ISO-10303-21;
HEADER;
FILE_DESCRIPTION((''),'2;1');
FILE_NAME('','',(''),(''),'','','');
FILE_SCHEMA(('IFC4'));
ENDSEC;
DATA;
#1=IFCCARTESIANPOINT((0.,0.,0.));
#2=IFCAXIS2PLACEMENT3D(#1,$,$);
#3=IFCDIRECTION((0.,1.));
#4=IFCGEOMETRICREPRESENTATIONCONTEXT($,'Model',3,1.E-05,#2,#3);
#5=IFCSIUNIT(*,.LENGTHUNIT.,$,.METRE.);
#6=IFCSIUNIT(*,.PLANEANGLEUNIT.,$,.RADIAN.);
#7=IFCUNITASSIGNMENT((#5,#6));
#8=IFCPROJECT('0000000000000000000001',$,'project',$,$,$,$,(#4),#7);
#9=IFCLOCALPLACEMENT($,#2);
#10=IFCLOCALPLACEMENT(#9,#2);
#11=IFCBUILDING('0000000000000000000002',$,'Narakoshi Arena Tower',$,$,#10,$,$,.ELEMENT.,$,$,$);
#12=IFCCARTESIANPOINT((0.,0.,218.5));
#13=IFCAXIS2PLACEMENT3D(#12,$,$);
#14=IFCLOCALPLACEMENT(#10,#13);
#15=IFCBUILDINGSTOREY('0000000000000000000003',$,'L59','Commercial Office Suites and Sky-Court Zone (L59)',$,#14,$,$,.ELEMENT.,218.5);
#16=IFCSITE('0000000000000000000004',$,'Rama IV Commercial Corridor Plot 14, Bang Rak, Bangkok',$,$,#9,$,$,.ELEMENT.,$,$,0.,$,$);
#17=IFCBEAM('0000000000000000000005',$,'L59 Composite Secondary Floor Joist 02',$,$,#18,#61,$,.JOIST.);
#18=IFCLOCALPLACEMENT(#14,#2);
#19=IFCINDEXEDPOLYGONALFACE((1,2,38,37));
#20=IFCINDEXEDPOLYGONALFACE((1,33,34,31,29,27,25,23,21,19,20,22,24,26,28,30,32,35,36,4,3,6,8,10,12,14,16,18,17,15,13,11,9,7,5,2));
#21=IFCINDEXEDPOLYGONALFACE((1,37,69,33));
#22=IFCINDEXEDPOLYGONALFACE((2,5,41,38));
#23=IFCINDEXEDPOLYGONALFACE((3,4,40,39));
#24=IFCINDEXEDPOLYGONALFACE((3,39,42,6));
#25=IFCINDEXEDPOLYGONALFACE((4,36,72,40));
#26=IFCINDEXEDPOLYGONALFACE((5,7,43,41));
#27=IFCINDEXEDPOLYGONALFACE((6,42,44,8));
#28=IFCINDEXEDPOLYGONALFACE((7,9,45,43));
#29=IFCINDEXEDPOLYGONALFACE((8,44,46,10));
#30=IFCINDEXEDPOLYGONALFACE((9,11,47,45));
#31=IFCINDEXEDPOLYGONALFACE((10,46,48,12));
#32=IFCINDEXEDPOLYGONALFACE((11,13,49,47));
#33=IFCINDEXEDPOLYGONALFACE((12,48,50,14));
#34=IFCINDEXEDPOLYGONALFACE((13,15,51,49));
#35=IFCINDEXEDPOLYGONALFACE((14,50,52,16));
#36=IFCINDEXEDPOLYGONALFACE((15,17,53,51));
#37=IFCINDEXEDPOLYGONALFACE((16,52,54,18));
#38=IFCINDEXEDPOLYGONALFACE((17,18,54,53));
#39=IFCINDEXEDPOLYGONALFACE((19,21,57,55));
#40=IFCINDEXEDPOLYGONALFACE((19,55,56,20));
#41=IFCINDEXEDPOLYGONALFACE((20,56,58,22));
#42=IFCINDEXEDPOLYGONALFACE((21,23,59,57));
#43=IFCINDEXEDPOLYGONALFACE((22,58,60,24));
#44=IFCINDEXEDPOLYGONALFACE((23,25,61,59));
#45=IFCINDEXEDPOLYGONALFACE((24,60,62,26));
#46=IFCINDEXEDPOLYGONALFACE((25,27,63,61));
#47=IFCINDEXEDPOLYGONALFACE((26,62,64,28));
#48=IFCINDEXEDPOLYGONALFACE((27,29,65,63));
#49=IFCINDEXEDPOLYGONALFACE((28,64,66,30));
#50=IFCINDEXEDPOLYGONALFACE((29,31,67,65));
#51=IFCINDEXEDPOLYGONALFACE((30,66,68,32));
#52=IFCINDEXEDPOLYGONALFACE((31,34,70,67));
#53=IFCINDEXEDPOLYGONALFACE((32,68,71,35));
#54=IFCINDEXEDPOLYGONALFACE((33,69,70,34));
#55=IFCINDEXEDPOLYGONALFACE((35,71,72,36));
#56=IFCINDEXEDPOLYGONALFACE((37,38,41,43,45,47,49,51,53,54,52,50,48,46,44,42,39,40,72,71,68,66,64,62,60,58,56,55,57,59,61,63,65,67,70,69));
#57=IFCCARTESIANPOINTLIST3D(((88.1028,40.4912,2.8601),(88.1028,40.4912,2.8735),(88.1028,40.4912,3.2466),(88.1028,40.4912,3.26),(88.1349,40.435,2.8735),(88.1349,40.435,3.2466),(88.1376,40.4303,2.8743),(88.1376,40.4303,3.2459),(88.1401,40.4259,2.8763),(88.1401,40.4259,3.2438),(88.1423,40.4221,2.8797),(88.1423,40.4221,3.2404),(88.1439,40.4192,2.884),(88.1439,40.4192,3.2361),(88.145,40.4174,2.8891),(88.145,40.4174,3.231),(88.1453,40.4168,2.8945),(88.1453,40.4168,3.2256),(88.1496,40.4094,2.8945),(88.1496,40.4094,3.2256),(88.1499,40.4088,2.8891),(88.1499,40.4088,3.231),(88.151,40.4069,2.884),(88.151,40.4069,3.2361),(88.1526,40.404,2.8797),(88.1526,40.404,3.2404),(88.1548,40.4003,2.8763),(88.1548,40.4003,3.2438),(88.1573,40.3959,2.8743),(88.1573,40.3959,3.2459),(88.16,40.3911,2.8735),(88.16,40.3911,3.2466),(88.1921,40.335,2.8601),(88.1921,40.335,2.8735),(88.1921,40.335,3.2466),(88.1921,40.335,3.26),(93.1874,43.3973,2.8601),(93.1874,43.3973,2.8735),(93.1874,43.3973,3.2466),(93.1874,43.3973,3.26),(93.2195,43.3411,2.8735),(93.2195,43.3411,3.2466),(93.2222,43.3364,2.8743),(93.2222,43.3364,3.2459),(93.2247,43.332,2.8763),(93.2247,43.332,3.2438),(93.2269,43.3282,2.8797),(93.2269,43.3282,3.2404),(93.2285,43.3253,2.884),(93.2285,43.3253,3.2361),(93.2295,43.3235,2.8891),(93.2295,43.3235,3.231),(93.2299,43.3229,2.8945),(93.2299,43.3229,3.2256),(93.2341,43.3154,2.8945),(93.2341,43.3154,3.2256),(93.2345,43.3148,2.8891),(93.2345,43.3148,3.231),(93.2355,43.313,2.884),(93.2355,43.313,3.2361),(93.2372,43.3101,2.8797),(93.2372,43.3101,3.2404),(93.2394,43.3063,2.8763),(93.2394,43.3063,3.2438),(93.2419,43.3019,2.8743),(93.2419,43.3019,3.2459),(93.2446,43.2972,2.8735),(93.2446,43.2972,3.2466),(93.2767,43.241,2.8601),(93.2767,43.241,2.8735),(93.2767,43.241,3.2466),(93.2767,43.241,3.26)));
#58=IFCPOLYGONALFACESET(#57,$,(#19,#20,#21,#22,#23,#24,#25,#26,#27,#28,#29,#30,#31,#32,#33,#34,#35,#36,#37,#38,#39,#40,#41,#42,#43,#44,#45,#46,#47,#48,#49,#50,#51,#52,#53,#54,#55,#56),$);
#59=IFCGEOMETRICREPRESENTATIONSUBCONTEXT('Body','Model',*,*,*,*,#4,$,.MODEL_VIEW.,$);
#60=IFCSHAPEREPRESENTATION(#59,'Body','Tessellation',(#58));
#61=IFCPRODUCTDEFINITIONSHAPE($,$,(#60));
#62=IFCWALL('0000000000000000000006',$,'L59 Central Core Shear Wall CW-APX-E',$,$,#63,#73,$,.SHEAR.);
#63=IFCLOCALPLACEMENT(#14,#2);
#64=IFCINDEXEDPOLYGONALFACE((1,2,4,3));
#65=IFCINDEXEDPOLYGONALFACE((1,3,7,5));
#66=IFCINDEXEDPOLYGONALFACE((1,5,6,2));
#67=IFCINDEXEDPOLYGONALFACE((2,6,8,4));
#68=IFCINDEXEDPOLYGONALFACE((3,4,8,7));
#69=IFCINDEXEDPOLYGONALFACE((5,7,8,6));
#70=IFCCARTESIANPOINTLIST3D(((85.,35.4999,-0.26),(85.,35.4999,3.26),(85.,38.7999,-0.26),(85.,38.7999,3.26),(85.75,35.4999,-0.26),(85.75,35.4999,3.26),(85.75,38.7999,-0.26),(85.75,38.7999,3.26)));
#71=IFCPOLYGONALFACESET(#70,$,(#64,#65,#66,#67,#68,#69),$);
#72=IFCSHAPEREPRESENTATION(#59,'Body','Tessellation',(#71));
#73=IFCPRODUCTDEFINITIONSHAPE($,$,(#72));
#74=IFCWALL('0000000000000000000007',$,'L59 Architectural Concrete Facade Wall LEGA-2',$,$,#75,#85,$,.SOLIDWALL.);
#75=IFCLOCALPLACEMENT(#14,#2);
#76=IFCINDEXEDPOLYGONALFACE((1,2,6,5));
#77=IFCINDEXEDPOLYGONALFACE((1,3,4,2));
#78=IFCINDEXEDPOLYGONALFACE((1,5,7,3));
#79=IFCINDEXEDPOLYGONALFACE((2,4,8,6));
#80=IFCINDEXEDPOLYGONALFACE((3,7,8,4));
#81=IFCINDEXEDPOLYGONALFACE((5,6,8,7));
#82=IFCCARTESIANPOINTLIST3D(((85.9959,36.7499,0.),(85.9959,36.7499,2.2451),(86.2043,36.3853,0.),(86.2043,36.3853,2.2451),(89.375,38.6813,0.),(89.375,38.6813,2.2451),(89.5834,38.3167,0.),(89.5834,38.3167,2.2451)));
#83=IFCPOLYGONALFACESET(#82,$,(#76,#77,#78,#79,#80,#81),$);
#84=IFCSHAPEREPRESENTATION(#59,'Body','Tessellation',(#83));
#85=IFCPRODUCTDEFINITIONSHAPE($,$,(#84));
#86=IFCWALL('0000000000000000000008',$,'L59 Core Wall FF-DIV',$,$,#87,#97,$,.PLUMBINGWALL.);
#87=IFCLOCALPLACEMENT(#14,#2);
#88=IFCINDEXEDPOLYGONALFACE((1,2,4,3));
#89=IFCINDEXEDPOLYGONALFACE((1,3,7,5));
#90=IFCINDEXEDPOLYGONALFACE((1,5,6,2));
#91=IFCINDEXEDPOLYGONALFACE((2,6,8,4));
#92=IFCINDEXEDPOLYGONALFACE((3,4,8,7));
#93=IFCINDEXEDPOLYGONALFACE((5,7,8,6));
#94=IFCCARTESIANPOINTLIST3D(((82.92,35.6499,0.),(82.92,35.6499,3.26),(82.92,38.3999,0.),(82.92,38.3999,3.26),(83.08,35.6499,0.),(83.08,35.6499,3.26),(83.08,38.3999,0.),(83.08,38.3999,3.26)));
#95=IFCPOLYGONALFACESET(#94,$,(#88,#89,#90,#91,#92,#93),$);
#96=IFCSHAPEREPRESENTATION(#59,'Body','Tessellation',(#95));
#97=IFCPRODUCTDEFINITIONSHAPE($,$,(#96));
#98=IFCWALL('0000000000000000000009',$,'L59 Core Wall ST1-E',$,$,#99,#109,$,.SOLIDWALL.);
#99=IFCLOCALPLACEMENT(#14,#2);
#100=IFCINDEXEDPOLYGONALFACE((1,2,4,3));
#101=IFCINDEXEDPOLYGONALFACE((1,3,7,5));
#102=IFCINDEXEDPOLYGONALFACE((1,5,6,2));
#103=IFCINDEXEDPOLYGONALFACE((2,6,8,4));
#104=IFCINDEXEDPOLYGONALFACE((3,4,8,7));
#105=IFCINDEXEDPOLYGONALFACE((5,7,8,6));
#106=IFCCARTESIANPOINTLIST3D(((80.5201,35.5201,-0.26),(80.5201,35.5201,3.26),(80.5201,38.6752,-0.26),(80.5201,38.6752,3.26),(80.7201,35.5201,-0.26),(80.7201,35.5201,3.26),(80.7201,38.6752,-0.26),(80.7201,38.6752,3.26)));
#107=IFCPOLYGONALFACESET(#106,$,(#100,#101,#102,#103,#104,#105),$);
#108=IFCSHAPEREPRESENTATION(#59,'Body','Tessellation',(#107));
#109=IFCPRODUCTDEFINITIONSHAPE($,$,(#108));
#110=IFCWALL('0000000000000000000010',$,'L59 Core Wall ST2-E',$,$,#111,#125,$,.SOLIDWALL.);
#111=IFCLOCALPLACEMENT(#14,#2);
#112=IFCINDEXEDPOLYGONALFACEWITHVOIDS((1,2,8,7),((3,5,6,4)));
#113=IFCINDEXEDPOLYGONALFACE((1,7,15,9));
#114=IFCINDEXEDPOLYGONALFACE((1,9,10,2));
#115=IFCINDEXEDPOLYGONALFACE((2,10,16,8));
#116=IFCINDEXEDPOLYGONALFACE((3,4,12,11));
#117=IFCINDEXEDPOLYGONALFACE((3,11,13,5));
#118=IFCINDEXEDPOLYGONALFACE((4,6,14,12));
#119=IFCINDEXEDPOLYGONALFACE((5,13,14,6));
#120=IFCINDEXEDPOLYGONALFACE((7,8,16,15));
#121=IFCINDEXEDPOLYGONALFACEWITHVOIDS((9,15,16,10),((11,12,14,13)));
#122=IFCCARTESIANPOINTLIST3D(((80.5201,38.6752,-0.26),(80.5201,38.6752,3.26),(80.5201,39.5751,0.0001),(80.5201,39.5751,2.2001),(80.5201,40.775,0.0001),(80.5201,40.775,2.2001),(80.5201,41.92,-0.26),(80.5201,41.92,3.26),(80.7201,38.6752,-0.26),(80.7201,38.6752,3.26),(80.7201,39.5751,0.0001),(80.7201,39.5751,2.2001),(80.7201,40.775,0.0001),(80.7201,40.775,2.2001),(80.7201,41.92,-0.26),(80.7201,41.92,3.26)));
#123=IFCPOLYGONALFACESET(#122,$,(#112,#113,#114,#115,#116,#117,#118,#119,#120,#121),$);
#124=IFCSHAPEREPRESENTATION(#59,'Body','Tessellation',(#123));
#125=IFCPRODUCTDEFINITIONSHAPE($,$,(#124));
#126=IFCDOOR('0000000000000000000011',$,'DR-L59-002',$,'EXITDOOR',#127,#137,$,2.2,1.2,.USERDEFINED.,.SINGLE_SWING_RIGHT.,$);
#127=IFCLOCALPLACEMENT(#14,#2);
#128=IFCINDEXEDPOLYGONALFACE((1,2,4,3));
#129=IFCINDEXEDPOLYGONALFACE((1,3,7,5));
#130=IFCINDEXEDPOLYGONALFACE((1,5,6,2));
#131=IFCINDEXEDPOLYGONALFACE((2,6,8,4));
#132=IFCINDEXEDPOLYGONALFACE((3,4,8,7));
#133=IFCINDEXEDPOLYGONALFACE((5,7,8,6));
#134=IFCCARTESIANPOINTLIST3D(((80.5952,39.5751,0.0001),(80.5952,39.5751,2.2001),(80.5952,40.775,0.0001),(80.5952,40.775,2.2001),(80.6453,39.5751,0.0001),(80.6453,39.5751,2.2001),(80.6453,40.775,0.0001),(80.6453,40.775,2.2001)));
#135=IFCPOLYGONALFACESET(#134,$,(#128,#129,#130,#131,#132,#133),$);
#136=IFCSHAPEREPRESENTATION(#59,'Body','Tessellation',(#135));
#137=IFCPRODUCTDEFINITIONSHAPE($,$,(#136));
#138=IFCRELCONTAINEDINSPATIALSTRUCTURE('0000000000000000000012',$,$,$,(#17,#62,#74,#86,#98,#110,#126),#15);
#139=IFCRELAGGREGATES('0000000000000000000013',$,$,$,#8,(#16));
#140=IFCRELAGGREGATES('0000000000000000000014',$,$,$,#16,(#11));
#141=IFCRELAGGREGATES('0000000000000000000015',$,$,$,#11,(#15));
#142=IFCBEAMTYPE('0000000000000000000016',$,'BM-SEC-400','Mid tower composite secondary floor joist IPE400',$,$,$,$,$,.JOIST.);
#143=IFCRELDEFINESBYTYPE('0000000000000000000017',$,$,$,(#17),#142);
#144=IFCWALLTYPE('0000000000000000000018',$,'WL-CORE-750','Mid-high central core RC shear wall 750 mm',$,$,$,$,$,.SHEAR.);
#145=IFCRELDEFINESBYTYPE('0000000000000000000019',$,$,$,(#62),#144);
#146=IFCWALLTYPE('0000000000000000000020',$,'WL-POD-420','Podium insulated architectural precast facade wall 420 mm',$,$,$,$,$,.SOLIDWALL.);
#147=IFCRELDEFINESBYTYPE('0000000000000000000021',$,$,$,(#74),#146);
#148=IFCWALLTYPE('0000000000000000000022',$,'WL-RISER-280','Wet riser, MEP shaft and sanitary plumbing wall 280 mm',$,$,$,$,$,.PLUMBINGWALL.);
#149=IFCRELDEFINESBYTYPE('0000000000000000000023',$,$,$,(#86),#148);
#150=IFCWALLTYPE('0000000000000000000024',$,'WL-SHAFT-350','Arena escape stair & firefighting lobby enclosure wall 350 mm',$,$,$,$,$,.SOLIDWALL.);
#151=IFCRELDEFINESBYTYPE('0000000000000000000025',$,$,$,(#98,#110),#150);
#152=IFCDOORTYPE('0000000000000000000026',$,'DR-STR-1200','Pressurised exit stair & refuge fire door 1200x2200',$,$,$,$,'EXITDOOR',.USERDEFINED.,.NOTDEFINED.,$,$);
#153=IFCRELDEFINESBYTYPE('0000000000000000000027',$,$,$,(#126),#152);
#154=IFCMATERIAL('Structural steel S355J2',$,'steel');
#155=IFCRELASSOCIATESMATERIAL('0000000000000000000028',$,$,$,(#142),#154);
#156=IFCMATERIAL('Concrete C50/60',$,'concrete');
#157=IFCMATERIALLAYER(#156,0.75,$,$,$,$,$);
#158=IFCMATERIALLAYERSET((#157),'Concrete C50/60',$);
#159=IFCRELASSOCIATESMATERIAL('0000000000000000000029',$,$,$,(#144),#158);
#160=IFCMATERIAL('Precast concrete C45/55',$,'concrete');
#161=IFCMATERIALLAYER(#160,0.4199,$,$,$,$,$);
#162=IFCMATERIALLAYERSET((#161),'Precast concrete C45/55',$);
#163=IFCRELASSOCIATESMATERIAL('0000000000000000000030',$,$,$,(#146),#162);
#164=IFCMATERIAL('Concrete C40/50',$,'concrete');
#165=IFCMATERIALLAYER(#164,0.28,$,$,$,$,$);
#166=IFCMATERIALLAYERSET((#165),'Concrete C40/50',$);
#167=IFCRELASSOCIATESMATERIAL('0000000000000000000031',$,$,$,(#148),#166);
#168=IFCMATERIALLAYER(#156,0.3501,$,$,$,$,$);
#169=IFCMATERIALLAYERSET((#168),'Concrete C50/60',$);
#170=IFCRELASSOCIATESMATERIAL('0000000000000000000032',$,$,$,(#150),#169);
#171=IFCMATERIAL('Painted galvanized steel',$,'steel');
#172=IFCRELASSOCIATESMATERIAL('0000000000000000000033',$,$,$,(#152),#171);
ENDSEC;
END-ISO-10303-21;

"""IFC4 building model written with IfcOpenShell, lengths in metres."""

from ifc_helpers import new_model, si_unit, direction, frame, frame_2d, origin, origin_2d, place, context, subcontext, project, spatial, rectangle, i_section, extrude, material, layer, layer_set, material_profile, profile_set, type_object, element, fill, save


model = new_model("IFC4")

# Units and contexts
model_context = context("Model", 3, precision=1e-05, world=origin(), true_north=direction((0.0, 1.0)))
body_context = subcontext(model_context, "Body", "Model", "MODEL_VIEW")
ifc_project = project(units=[si_unit("LENGTHUNIT", "METRE"), si_unit("PLANEANGLEUNIT", "RADIAN")], contexts=[model_context])

# Site, building, storey
site_placement = place(None, origin())
site = spatial("IfcSite", under=ifc_project, at=site_placement, Name="Rama IV Commercial Corridor Plot 14, Bang Rak, Bangkok", CompositionType="ELEMENT", RefElevation=0.0)
building_placement = place(site_placement, origin())
building = spatial("IfcBuilding", under=site, at=building_placement, Name="Narakoshi Arena Tower", CompositionType="ELEMENT")
storey_placement = place(building_placement, frame((0.0, 0.0, 218.5)))
storey = spatial("IfcBuildingStorey", under=building, at=storey_placement, Name="L59", Description="Commercial Office Suites and Sky-Court Zone (L59)", CompositionType="ELEMENT", Elevation=218.5)

# Beam
ifc_material_1 = material(Name="Structural steel S355J2", Category="steel")
ifc_material_profile = material_profile(ifc_material_1, i_section(OverallWidth=0.1799, OverallDepth=0.3999, WebThickness=0.0085, FlangeThickness=0.0134, FilletRadius=0.021, at=origin_2d()), Name="IPE400")
ifc_profile_set = profile_set([ifc_material_profile], Name="Structural steel S355J2")
beam_type = type_object("IfcBeamType", Name="BM-SEC-400", Description="Mid tower composite secondary floor joist IPE400", PredefinedType="JOIST", material=ifc_profile_set)
beam_placement = place(storey_placement, frame((88.1475, 40.4131, 3.0601), z_axis=(0.8682, 0.496215, 0.0), x_axis=(-0.496215, 0.8682, 0.0)))
element("IfcBeam", 1, at=beam_placement, inside=storey, type_object=beam_type, Name="L59 Composite Secondary Floor Joist 02", PredefinedType="JOIST", context=body_context, shape_type="SweptSolid", body=[
    extrude(i_section(OverallWidth=0.1799, OverallDepth=0.3999, WebThickness=0.0085, FlangeThickness=0.0134, FilletRadius=0.021, at=origin_2d()), origin(), (0.0, 0.0, 1.0), 5.8564),
])

# Walls
ifc_material_2 = material(Name="Concrete C50/60", Category="concrete")
ifc_layer_1 = layer(ifc_material_2, 0.75)
ifc_layer_set_1 = layer_set([ifc_layer_1], Name="Concrete C50/60")
wall_type_1 = type_object("IfcWallType", Name="WL-CORE-750", Description="Mid-high central core RC shear wall 750 mm", PredefinedType="SHEAR", material=ifc_layer_set_1)
wall_1_placement = place(storey_placement, frame((85.375, 35.5, -0.26), z_axis=(0.0, 0.0, 1.0), x_axis=(0.0, 1.0, 0.0)))
element("IfcWall", 2, at=wall_1_placement, inside=storey, type_object=wall_type_1, Name="L59 Central Core Shear Wall CW-APX-E", PredefinedType="SHEAR", context=body_context, shape_type="SweptSolid", body=[
    extrude(rectangle(XDim=3.3, YDim=0.75, at=frame_2d((1.6499, 0.0))), origin(), (0.0, 0.0, 1.0), 3.52),
])
ifc_material_3 = material(Name="Precast concrete C45/55", Category="concrete")
ifc_layer_2 = layer(ifc_material_3, 0.4199)
ifc_layer_set_2 = layer_set([ifc_layer_2], Name="Precast concrete C45/55")
wall_type_2 = type_object("IfcWallType", Name="WL-POD-420", Description="Podium insulated architectural precast facade wall 420 mm", PredefinedType="SOLIDWALL", material=ifc_layer_set_2)
wall_2_placement = place(storey_placement, frame((86.1001, 36.5676, 0.0), z_axis=(0.0, 0.0, 1.0), x_axis=(0.868193, 0.496227, 0.0)))
element("IfcWall", 3, at=wall_2_placement, inside=storey, type_object=wall_type_2, Name="L59 Architectural Concrete Facade Wall LEGA-2", PredefinedType="SOLIDWALL", context=body_context, shape_type="SweptSolid", body=[
    extrude(rectangle(XDim=3.8921, YDim=0.4199, at=frame_2d((1.946, 0.0))), origin(), (0.0, 0.0, 1.0), 2.2451),
])
ifc_material_4 = material(Name="Concrete C40/50", Category="concrete")
ifc_layer_3 = layer(ifc_material_4, 0.28)
ifc_layer_set_3 = layer_set([ifc_layer_3], Name="Concrete C40/50")
wall_type_3 = type_object("IfcWallType", Name="WL-RISER-280", Description="Wet riser, MEP shaft and sanitary plumbing wall 280 mm", PredefinedType="PLUMBINGWALL", material=ifc_layer_set_3)
wall_3_placement = place(storey_placement, frame((83.0, 35.6499, 0.0), z_axis=(0.0, 0.0, 1.0), x_axis=(0.0, 1.0, 0.0)))
element("IfcWall", 4, at=wall_3_placement, inside=storey, type_object=wall_type_3, Name="L59 Core Wall FF-DIV", PredefinedType="PLUMBINGWALL", context=body_context, shape_type="SweptSolid", body=[
    extrude(rectangle(XDim=2.75, YDim=0.1599, at=frame_2d((1.375, 0.0))), origin(), (0.0, 0.0, 1.0), 3.26),
])
ifc_layer_4 = layer(ifc_material_2, 0.3501)
ifc_layer_set_4 = layer_set([ifc_layer_4], Name="Concrete C50/60")
wall_type_4 = type_object("IfcWallType", Name="WL-SHAFT-350", Description="Arena escape stair & firefighting lobby enclosure wall 350 mm", PredefinedType="SOLIDWALL", material=ifc_layer_set_4)
wall_4_placement = place(storey_placement, frame((80.6201, 35.52, -0.26), z_axis=(0.0, 0.0, 1.0), x_axis=(0.0, 1.0, 0.0)))
element("IfcWall", 5, at=wall_4_placement, inside=storey, type_object=wall_type_4, Name="L59 Core Wall ST1-E", PredefinedType="SOLIDWALL", context=body_context, shape_type="SweptSolid", body=[
    extrude(rectangle(XDim=3.155, YDim=0.2, at=frame_2d((1.5776, 0.0))), origin(), (0.0, 0.0, 1.0), 3.52),
])

# Wall, opening, door
wall_5_placement = place(storey_placement, frame((80.6201, 38.675, -0.26), z_axis=(0.0, 0.0, 1.0), x_axis=(0.0, 1.0, 0.0)))
wall_5 = element("IfcWall", 6, at=wall_5_placement, inside=storey, type_object=wall_type_4, Name="L59 Core Wall ST2-E", PredefinedType="SOLIDWALL", context=body_context, shape_type="SweptSolid", body=[
    extrude(rectangle(XDim=3.2449, YDim=0.2, at=frame_2d((1.6226, 0.0))), origin(), (0.0, 0.0, 1.0), 3.52),
])
opening_1_placement = place(wall_5_placement, frame((0.8999, 0.0, 0.26)))
opening_1 = element("IfcOpeningElement", 7, at=opening_1_placement, cuts=wall_5, PredefinedType="OPENING", context=body_context, shape_type="SweptSolid", body=[
    extrude(rectangle(XDim=1.2, YDim=2.2, at=frame_2d((0.6001, 1.1001))), frame((0.0, 0.1099, 0.0), z_axis=(0.0, -1.0, 0.0), x_axis=(1.0, 0.0, 0.0)), (0.0, 0.0, 1.0), 0.22),
])
ifc_material_5 = material(Name="Painted galvanized steel", Category="steel")
door_type_1 = type_object("IfcDoorType", Name="DR-STR-1200", Description="Pressurised exit stair & refuge fire door 1200x2200", ElementType="EXITDOOR", OperationType="NOTDEFINED", PredefinedType="USERDEFINED", material=ifc_material_5)
door_1_placement = place(opening_1_placement, origin())
door_1 = element("IfcDoor", 8, at=door_1_placement, inside=storey, type_object=door_type_1, Name="DR-L59-002", ObjectType="EXITDOOR", OperationType="SINGLE_SWING_RIGHT", OverallHeight=2.2, OverallWidth=1.2, PredefinedType="USERDEFINED", context=body_context, shape_type="SweptSolid", body=[
    extrude(rectangle(XDim=1.2, YDim=2.2, at=frame_2d((0.6001, 1.1001))), frame((0.0, 0.0249, 0.0), z_axis=(0.0, -1.0, 0.0), x_axis=(1.0, 0.0, 0.0)), (0.0, 0.0, 1.0), 0.05),
])
fill(opening_1, door_1)

save(model, "model.ifc")
